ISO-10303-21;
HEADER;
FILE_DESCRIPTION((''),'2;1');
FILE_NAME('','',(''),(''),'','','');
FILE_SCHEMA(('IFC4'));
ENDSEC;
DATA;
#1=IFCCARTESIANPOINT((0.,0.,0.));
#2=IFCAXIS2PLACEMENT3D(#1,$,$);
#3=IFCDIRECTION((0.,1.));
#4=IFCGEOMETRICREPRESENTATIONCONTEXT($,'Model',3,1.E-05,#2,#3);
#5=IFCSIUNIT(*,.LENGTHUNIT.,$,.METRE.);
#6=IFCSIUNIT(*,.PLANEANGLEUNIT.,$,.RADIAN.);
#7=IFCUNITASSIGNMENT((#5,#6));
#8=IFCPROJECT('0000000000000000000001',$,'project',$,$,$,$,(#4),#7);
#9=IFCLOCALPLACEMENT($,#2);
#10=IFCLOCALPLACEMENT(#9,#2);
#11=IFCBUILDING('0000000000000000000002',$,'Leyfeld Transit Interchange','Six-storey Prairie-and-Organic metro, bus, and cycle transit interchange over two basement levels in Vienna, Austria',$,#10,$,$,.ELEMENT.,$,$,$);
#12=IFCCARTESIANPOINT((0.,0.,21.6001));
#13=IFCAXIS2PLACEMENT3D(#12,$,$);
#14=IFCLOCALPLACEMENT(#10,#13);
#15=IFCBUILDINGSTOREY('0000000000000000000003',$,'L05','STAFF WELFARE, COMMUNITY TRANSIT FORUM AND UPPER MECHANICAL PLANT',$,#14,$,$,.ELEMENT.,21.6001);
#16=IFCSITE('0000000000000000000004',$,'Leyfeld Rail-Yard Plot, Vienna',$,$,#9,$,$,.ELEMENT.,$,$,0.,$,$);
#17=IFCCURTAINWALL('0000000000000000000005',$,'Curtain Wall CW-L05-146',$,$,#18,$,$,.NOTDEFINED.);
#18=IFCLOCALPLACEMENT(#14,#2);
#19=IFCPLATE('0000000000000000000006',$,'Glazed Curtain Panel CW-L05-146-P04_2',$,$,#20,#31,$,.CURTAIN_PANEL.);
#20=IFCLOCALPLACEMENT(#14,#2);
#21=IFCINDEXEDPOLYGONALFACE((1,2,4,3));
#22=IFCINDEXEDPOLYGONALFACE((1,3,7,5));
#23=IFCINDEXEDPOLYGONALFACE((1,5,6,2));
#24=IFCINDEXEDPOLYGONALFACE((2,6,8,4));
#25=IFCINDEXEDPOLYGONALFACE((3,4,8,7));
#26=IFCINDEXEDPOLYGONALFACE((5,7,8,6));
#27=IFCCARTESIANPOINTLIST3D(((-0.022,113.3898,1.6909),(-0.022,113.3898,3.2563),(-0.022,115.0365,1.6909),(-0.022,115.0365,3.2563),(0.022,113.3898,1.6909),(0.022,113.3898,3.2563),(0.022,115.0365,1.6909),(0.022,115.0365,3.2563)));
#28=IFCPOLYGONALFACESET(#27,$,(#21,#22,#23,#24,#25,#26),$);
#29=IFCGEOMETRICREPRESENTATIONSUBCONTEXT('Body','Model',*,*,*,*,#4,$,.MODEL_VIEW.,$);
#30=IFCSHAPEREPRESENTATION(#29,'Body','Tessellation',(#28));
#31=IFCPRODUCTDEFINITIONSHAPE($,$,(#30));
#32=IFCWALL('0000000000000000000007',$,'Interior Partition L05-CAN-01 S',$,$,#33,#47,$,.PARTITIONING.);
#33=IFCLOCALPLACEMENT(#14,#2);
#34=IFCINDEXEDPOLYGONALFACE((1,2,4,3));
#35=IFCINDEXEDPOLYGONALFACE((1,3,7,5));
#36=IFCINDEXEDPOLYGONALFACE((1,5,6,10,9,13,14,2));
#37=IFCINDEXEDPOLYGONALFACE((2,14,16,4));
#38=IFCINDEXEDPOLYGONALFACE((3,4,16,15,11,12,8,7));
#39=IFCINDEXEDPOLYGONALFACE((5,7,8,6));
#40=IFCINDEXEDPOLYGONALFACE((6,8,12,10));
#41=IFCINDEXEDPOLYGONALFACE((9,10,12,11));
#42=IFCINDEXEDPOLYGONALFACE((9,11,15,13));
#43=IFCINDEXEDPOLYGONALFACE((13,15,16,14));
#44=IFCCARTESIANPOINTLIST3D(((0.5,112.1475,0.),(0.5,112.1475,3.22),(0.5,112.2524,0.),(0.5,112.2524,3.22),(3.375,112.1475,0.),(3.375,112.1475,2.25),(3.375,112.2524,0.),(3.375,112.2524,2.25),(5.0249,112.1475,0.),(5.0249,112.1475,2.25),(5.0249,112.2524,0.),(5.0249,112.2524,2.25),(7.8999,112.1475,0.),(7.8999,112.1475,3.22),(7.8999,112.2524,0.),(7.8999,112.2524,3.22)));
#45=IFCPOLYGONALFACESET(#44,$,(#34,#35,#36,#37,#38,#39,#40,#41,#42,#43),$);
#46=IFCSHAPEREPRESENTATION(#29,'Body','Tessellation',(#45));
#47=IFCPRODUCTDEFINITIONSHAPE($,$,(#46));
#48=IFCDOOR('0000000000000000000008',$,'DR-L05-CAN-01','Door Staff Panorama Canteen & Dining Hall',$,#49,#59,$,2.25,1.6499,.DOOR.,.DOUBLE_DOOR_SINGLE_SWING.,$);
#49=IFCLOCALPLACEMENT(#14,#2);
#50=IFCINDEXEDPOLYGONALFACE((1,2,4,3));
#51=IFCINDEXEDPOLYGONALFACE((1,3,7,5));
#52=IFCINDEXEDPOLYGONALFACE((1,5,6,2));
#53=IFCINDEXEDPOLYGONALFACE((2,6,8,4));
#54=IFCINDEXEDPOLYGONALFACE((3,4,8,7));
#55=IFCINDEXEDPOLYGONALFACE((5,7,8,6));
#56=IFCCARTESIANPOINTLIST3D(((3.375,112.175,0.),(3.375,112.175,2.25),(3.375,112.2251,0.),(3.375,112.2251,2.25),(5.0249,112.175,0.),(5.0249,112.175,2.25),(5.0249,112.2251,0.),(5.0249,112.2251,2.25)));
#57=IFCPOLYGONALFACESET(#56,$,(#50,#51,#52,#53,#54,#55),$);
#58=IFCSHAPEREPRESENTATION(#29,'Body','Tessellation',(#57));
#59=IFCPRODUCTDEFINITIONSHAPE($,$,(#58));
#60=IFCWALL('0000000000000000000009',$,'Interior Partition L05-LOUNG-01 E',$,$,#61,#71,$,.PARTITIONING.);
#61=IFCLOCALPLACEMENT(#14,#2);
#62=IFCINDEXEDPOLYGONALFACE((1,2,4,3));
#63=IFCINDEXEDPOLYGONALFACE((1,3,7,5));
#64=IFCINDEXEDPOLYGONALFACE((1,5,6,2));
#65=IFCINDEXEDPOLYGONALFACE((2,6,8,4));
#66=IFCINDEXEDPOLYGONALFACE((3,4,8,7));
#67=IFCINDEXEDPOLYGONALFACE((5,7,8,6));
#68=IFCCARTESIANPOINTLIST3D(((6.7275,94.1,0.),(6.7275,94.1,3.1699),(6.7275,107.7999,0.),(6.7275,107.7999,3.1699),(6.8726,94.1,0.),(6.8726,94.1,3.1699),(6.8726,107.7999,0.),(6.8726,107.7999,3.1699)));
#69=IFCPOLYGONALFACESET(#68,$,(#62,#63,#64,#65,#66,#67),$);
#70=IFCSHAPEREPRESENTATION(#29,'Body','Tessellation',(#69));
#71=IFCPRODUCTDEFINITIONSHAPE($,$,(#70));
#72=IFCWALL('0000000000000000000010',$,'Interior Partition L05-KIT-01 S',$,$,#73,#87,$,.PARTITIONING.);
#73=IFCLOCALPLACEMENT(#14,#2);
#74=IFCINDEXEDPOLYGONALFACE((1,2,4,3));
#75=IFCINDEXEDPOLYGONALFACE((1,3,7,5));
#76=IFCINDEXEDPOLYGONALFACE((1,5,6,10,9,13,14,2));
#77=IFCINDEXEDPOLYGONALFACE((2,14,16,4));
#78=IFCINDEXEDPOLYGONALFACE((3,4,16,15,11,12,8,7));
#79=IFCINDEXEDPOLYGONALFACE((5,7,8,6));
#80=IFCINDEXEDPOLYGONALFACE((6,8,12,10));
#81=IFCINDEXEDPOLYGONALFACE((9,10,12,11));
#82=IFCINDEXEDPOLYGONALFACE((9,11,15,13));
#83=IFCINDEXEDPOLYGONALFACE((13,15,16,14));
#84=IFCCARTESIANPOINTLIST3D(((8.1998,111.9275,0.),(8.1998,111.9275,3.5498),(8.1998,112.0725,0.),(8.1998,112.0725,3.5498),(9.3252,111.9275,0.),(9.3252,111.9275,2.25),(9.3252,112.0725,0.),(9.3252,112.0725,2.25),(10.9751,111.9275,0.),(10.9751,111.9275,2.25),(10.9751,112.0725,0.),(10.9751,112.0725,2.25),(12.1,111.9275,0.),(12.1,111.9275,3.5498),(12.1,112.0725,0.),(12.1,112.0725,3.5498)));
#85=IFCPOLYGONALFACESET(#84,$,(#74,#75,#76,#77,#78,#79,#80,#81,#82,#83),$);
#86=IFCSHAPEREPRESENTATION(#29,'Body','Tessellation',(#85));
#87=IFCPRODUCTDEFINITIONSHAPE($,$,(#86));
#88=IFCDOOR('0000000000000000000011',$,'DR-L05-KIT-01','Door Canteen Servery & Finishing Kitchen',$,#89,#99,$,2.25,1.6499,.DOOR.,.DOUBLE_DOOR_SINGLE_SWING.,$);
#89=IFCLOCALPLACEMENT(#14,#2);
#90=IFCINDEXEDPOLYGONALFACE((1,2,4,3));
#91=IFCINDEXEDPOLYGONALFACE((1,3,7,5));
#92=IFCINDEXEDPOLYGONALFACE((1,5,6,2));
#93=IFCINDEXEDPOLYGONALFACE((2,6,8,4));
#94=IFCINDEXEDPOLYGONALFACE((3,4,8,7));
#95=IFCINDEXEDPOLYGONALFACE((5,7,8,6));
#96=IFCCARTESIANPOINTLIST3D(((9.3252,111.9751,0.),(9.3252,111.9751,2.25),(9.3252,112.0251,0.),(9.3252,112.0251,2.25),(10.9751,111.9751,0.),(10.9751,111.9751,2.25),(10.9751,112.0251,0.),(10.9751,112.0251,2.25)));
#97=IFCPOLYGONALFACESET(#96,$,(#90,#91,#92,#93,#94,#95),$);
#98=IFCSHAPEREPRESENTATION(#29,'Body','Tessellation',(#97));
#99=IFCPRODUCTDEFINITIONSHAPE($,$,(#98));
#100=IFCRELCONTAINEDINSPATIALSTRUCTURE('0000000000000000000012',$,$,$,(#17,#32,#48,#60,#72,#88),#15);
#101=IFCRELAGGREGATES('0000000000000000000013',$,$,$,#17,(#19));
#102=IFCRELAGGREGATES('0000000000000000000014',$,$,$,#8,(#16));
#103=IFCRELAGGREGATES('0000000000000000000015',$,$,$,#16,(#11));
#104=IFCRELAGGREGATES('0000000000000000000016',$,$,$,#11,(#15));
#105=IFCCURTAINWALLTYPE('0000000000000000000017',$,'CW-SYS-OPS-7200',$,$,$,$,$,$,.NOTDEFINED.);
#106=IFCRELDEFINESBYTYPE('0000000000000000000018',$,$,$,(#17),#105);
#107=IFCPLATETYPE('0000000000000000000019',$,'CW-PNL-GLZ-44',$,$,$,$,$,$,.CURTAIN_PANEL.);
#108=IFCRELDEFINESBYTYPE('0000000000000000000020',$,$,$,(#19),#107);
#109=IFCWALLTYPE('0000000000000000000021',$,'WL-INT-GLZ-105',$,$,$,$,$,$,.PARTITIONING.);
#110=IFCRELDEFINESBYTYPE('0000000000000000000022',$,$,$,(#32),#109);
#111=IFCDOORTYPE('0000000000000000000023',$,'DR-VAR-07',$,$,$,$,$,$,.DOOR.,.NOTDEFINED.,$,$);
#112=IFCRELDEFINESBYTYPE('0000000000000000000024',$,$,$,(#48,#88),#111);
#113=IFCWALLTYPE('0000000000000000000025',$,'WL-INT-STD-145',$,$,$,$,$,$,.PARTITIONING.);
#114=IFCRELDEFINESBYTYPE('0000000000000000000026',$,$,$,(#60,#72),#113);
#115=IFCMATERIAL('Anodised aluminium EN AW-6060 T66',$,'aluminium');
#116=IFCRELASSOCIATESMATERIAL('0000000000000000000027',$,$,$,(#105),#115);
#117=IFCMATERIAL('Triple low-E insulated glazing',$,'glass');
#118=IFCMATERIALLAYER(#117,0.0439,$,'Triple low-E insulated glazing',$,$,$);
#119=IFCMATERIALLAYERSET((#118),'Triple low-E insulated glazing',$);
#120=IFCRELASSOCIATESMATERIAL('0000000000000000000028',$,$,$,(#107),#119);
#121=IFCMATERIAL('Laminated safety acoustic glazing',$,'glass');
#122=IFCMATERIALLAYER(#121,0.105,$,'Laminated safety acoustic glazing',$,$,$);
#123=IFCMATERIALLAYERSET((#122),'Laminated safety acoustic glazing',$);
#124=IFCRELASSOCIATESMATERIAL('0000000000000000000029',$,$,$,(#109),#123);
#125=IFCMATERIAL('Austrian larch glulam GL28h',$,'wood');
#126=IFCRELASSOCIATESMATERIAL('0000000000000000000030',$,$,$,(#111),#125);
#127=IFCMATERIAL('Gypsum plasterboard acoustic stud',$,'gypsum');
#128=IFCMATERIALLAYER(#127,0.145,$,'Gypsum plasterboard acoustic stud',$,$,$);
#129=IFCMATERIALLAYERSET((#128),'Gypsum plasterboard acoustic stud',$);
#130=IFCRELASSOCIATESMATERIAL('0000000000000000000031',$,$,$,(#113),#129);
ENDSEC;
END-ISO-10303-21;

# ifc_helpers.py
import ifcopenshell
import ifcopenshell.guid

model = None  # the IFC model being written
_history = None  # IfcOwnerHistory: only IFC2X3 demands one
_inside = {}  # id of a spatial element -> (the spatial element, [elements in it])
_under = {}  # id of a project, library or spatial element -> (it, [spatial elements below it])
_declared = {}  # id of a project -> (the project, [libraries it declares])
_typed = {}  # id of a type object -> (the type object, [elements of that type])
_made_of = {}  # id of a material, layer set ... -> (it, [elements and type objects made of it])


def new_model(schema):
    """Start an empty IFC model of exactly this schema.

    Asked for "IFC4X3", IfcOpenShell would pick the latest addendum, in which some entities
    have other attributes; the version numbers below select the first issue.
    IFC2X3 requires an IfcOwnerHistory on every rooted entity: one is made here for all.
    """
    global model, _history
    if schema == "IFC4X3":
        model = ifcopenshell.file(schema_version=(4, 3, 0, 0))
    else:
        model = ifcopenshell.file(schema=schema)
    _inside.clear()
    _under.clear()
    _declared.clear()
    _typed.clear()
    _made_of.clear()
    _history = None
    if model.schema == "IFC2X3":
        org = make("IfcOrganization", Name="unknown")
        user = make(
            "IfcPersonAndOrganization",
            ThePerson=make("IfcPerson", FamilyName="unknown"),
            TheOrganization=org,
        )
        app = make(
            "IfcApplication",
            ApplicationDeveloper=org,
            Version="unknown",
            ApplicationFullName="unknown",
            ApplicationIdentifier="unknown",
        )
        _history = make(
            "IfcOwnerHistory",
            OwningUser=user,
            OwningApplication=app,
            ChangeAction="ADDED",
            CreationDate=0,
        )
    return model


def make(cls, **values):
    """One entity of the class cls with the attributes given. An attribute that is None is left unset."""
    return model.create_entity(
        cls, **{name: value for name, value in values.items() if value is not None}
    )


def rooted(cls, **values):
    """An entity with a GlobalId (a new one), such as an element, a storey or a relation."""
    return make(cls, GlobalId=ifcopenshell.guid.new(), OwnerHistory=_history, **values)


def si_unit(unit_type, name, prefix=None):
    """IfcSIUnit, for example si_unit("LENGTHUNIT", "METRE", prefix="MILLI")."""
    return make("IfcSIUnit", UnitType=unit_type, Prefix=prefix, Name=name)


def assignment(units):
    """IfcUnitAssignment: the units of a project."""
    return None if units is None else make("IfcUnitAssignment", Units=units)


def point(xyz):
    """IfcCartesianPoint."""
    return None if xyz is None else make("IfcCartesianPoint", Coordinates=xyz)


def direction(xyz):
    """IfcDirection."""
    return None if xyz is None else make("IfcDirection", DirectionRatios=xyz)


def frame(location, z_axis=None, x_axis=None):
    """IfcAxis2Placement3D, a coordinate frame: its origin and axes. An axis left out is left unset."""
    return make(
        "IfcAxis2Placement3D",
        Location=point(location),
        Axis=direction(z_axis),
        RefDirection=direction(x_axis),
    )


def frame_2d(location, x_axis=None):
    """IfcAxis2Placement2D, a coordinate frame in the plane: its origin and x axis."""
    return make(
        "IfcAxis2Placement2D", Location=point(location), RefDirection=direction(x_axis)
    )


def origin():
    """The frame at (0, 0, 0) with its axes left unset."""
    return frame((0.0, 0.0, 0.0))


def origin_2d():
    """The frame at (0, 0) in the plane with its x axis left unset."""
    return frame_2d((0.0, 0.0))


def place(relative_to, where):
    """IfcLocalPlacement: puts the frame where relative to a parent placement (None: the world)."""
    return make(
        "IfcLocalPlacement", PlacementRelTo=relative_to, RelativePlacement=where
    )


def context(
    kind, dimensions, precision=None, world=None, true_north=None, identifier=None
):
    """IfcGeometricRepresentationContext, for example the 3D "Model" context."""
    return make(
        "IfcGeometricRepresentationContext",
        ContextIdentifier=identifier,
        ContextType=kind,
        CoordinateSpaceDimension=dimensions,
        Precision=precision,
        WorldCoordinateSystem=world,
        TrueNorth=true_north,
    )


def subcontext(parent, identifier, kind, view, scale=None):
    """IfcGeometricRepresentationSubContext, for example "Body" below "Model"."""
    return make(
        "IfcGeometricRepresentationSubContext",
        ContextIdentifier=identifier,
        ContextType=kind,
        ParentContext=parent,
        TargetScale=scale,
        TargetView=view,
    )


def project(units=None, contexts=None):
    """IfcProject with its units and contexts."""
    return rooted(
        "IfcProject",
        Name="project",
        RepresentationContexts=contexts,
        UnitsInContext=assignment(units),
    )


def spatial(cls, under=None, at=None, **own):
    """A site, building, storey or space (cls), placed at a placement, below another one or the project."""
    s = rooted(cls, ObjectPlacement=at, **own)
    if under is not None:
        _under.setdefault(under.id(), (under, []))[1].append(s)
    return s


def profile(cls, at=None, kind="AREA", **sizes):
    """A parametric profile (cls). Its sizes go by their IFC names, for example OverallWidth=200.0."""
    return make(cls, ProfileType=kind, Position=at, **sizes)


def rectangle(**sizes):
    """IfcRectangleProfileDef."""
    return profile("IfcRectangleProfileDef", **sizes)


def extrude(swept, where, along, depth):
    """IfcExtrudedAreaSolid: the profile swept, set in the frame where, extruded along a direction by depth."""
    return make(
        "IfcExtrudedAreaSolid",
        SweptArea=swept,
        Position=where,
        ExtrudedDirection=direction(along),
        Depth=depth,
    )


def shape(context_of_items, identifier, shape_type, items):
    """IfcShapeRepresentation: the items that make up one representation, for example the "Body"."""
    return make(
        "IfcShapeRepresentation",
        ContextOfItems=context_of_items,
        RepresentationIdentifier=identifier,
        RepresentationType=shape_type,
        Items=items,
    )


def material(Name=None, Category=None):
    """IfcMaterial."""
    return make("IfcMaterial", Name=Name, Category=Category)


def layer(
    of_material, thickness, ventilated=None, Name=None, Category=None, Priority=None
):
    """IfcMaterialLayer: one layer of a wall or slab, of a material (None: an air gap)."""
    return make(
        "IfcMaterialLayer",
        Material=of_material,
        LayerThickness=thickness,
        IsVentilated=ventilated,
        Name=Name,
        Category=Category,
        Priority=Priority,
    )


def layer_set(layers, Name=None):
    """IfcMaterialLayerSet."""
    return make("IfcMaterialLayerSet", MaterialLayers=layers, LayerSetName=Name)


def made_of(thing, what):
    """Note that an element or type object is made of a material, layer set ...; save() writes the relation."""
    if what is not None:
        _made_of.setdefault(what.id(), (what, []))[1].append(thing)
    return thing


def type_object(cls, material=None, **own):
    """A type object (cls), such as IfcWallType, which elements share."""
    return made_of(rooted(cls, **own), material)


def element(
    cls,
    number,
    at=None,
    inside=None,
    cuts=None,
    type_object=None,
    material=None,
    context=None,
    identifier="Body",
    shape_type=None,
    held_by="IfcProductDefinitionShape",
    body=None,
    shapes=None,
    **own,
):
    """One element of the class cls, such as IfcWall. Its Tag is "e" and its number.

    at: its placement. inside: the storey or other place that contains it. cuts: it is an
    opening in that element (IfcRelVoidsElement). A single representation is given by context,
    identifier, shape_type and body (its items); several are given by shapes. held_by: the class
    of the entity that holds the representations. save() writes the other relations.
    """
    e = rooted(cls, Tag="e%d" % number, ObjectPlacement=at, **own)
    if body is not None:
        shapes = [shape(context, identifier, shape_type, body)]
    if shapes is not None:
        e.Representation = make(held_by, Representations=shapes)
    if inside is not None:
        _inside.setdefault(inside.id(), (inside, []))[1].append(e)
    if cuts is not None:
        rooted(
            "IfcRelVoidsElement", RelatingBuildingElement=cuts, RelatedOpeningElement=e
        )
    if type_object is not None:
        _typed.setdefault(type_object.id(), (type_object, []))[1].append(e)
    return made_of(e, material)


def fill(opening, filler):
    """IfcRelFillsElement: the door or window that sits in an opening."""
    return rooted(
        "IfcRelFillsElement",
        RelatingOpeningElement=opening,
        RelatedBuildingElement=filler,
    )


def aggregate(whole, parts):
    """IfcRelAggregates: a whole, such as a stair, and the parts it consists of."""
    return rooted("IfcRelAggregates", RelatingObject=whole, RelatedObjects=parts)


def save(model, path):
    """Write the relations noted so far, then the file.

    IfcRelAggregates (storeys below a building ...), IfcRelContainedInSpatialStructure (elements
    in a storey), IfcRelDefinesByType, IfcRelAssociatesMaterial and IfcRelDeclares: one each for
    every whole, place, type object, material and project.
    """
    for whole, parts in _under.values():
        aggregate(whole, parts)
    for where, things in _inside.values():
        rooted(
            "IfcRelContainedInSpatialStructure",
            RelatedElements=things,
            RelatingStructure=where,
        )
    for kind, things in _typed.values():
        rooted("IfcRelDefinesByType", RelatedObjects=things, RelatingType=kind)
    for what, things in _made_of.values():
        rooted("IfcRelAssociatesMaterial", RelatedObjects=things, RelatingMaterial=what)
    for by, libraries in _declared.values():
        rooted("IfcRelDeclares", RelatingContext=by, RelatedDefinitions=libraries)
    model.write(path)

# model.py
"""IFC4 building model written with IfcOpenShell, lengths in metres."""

from ifc_helpers import new_model, si_unit, direction, frame, frame_2d, origin, origin_2d, place, context, subcontext, project, spatial, rectangle, extrude, material, layer, layer_set, type_object, element, fill, aggregate, save


model = new_model("IFC4")

# Units and contexts
model_context = context("Model", 3, precision=1e-05, world=origin(), true_north=direction((0.0, 1.0)))
body_context = subcontext(model_context, "Body", "Model", "MODEL_VIEW")
ifc_project = project(units=[si_unit("LENGTHUNIT", "METRE"), si_unit("PLANEANGLEUNIT", "RADIAN")], contexts=[model_context])

# Site, building, storey
site_placement = place(None, origin())
site = spatial("IfcSite", under=ifc_project, at=site_placement, Name="Leyfeld Rail-Yard Plot, Vienna", CompositionType="ELEMENT", RefElevation=0.0)
building_placement = place(site_placement, origin())
building = spatial("IfcBuilding", under=site, at=building_placement, Name="Leyfeld Transit Interchange", Description="Six-storey Prairie-and-Organic metro, bus, and cycle transit interchange over two basement levels in Vienna, Austria", CompositionType="ELEMENT")
storey_placement = place(building_placement, frame((0.0, 0.0, 21.6001)))
storey = spatial("IfcBuildingStorey", under=building, at=storey_placement, Name="L05", Description="STAFF WELFARE, COMMUNITY TRANSIT FORUM AND UPPER MECHANICAL PLANT", CompositionType="ELEMENT", Elevation=21.6001)

# Curtain wall, plate
ifc_material_1 = material(Name="Anodised aluminium EN AW-6060 T66", Category="aluminium")
curtain_wall_type = type_object("IfcCurtainWallType", Name="CW-SYS-OPS-7200", PredefinedType="NOTDEFINED", material=ifc_material_1)
curtain_wall_placement = place(storey_placement, origin())
curtain_wall = element("IfcCurtainWall", 1, at=curtain_wall_placement, inside=storey, type_object=curtain_wall_type, Name="Curtain Wall CW-L05-146", PredefinedType="NOTDEFINED")
ifc_material_2 = material(Name="Triple low-E insulated glazing", Category="glass")
ifc_layer_1 = layer(ifc_material_2, 0.0439, Name="Triple low-E insulated glazing")
ifc_layer_set_1 = layer_set([ifc_layer_1], Name="Triple low-E insulated glazing")
plate_type = type_object("IfcPlateType", Name="CW-PNL-GLZ-44", PredefinedType="CURTAIN_PANEL", material=ifc_layer_set_1)
plate_1_placement = place(storey_placement, frame((0.0, 114.2131, 1.6909), z_axis=(0.0, 0.0, 1.0), x_axis=(0.0, 1.0, 0.0)))
plate_1 = element("IfcPlate", 2, at=plate_1_placement, type_object=plate_type, Name="Glazed Curtain Panel CW-L05-146-P04_2", PredefinedType="CURTAIN_PANEL", context=body_context, shape_type="SweptSolid", body=[
    extrude(rectangle(XDim=1.6467, YDim=0.0439, at=origin_2d()), origin(), (0.0, 0.0, 1.0), 1.5654),
])
aggregate(curtain_wall, [plate_1])

# Wall, opening, door
ifc_material_3 = material(Name="Laminated safety acoustic glazing", Category="glass")
ifc_layer_2 = layer(ifc_material_3, 0.105, Name="Laminated safety acoustic glazing")
ifc_layer_set_2 = layer_set([ifc_layer_2], Name="Laminated safety acoustic glazing")
wall_type_1 = type_object("IfcWallType", Name="WL-INT-GLZ-105", PredefinedType="PARTITIONING", material=ifc_layer_set_2)
wall_1_placement = place(storey_placement, frame((7.8999, 112.2, 0.0), z_axis=(0.0, 0.0, 1.0), x_axis=(-1.0, 0.0, 0.0)))
wall_1 = element("IfcWall", 3, at=wall_1_placement, inside=storey, type_object=wall_type_1, Name="Interior Partition L05-CAN-01 S", PredefinedType="PARTITIONING", context=body_context, shape_type="SweptSolid", body=[
    extrude(rectangle(XDim=7.3999, YDim=0.105, at=frame_2d((3.7, 0.0))), origin(), (0.0, 0.0, 1.0), 3.22),
])
opening_1_placement = place(wall_1_placement, frame((2.875, 0.0, 0.0)))
opening_1 = element("IfcOpeningElement", 4, at=opening_1_placement, cuts=wall_1, PredefinedType="OPENING", context=body_context, shape_type="SweptSolid", body=[
    extrude(rectangle(XDim=1.6499, YDim=2.25, at=frame_2d((0.825, 1.125))), frame((0.0, 0.0625, 0.0), z_axis=(0.0, -1.0, 0.0), x_axis=(1.0, 0.0, 0.0)), (0.0, 0.0, 1.0), 0.125),
])
ifc_material_4 = material(Name="Austrian larch glulam GL28h", Category="wood")
door_type = type_object("IfcDoorType", Name="DR-VAR-07", OperationType="NOTDEFINED", PredefinedType="DOOR", material=ifc_material_4)
door_1_placement = place(opening_1_placement, origin())
door_1 = element("IfcDoor", 5, at=door_1_placement, inside=storey, type_object=door_type, Name="DR-L05-CAN-01", Description="Door Staff Panorama Canteen & Dining Hall", OperationType="DOUBLE_DOOR_SINGLE_SWING", OverallHeight=2.25, OverallWidth=1.6499, PredefinedType="DOOR", context=body_context, shape_type="SweptSolid", body=[
    extrude(rectangle(XDim=1.6499, YDim=2.25, at=frame_2d((0.825, 1.125))), frame((0.0, 0.0249, 0.0), z_axis=(0.0, -1.0, 0.0), x_axis=(1.0, 0.0, 0.0)), (0.0, 0.0, 1.0), 0.05),
])
fill(opening_1, door_1)

# Wall
ifc_material_5 = material(Name="Gypsum plasterboard acoustic stud", Category="gypsum")
ifc_layer_3 = layer(ifc_material_5, 0.145, Name="Gypsum plasterboard acoustic stud")
ifc_layer_set_3 = layer_set([ifc_layer_3], Name="Gypsum plasterboard acoustic stud")
wall_type_2 = type_object("IfcWallType", Name="WL-INT-STD-145", PredefinedType="PARTITIONING", material=ifc_layer_set_3)
wall_2_placement = place(storey_placement, frame((6.8, 107.8, 0.0), z_axis=(0.0, 0.0, 1.0), x_axis=(0.0, -1.0, 0.0)))
element("IfcWall", 6, at=wall_2_placement, inside=storey, type_object=wall_type_2, Name="Interior Partition L05-LOUNG-01 E", PredefinedType="PARTITIONING", context=body_context, shape_type="SweptSolid", body=[
    extrude(rectangle(XDim=13.7, YDim=0.145, at=frame_2d((6.8501, 0.0))), origin(), (0.0, 0.0, 1.0), 3.1699),
])

# Wall, opening, door
wall_3_placement = place(storey_placement, frame((12.1001, 112.0, 0.0), z_axis=(0.0, 0.0, 1.0), x_axis=(-1.0, 0.0, 0.0)))
wall_3 = element("IfcWall", 7, at=wall_3_placement, inside=storey, type_object=wall_type_2, Name="Interior Partition L05-KIT-01 S", PredefinedType="PARTITIONING", context=body_context, shape_type="SweptSolid", body=[
    extrude(rectangle(XDim=3.9001, YDim=0.145, at=frame_2d((1.9502, 0.0))), origin(), (0.0, 0.0, 1.0), 3.5498),
])
opening_2_placement = place(wall_3_placement, frame((1.125, 0.0, 0.0)))
opening_2 = element("IfcOpeningElement", 8, at=opening_2_placement, cuts=wall_3, PredefinedType="OPENING", context=body_context, shape_type="SweptSolid", body=[
    extrude(rectangle(XDim=1.6499, YDim=2.25, at=frame_2d((0.825, 1.125))), frame((0.0, 0.0825, 0.0), z_axis=(0.0, -1.0, 0.0), x_axis=(1.0, 0.0, 0.0)), (0.0, 0.0, 1.0), 0.165),
])
door_2_placement = place(opening_2_placement, origin())
door_2 = element("IfcDoor", 9, at=door_2_placement, inside=storey, type_object=door_type, Name="DR-L05-KIT-01", Description="Door Canteen Servery & Finishing Kitchen", OperationType="DOUBLE_DOOR_SINGLE_SWING", OverallHeight=2.25, OverallWidth=1.6499, PredefinedType="DOOR", context=body_context, shape_type="SweptSolid", body=[
    extrude(rectangle(XDim=1.6499, YDim=2.25, at=frame_2d((0.825, 1.125))), frame((0.0, 0.0249, 0.0), z_axis=(0.0, -1.0, 0.0), x_axis=(1.0, 0.0, 0.0)), (0.0, 0.0, 1.0), 0.05),
])
fill(opening_2, door_2)

save(model, "model.ifc")
